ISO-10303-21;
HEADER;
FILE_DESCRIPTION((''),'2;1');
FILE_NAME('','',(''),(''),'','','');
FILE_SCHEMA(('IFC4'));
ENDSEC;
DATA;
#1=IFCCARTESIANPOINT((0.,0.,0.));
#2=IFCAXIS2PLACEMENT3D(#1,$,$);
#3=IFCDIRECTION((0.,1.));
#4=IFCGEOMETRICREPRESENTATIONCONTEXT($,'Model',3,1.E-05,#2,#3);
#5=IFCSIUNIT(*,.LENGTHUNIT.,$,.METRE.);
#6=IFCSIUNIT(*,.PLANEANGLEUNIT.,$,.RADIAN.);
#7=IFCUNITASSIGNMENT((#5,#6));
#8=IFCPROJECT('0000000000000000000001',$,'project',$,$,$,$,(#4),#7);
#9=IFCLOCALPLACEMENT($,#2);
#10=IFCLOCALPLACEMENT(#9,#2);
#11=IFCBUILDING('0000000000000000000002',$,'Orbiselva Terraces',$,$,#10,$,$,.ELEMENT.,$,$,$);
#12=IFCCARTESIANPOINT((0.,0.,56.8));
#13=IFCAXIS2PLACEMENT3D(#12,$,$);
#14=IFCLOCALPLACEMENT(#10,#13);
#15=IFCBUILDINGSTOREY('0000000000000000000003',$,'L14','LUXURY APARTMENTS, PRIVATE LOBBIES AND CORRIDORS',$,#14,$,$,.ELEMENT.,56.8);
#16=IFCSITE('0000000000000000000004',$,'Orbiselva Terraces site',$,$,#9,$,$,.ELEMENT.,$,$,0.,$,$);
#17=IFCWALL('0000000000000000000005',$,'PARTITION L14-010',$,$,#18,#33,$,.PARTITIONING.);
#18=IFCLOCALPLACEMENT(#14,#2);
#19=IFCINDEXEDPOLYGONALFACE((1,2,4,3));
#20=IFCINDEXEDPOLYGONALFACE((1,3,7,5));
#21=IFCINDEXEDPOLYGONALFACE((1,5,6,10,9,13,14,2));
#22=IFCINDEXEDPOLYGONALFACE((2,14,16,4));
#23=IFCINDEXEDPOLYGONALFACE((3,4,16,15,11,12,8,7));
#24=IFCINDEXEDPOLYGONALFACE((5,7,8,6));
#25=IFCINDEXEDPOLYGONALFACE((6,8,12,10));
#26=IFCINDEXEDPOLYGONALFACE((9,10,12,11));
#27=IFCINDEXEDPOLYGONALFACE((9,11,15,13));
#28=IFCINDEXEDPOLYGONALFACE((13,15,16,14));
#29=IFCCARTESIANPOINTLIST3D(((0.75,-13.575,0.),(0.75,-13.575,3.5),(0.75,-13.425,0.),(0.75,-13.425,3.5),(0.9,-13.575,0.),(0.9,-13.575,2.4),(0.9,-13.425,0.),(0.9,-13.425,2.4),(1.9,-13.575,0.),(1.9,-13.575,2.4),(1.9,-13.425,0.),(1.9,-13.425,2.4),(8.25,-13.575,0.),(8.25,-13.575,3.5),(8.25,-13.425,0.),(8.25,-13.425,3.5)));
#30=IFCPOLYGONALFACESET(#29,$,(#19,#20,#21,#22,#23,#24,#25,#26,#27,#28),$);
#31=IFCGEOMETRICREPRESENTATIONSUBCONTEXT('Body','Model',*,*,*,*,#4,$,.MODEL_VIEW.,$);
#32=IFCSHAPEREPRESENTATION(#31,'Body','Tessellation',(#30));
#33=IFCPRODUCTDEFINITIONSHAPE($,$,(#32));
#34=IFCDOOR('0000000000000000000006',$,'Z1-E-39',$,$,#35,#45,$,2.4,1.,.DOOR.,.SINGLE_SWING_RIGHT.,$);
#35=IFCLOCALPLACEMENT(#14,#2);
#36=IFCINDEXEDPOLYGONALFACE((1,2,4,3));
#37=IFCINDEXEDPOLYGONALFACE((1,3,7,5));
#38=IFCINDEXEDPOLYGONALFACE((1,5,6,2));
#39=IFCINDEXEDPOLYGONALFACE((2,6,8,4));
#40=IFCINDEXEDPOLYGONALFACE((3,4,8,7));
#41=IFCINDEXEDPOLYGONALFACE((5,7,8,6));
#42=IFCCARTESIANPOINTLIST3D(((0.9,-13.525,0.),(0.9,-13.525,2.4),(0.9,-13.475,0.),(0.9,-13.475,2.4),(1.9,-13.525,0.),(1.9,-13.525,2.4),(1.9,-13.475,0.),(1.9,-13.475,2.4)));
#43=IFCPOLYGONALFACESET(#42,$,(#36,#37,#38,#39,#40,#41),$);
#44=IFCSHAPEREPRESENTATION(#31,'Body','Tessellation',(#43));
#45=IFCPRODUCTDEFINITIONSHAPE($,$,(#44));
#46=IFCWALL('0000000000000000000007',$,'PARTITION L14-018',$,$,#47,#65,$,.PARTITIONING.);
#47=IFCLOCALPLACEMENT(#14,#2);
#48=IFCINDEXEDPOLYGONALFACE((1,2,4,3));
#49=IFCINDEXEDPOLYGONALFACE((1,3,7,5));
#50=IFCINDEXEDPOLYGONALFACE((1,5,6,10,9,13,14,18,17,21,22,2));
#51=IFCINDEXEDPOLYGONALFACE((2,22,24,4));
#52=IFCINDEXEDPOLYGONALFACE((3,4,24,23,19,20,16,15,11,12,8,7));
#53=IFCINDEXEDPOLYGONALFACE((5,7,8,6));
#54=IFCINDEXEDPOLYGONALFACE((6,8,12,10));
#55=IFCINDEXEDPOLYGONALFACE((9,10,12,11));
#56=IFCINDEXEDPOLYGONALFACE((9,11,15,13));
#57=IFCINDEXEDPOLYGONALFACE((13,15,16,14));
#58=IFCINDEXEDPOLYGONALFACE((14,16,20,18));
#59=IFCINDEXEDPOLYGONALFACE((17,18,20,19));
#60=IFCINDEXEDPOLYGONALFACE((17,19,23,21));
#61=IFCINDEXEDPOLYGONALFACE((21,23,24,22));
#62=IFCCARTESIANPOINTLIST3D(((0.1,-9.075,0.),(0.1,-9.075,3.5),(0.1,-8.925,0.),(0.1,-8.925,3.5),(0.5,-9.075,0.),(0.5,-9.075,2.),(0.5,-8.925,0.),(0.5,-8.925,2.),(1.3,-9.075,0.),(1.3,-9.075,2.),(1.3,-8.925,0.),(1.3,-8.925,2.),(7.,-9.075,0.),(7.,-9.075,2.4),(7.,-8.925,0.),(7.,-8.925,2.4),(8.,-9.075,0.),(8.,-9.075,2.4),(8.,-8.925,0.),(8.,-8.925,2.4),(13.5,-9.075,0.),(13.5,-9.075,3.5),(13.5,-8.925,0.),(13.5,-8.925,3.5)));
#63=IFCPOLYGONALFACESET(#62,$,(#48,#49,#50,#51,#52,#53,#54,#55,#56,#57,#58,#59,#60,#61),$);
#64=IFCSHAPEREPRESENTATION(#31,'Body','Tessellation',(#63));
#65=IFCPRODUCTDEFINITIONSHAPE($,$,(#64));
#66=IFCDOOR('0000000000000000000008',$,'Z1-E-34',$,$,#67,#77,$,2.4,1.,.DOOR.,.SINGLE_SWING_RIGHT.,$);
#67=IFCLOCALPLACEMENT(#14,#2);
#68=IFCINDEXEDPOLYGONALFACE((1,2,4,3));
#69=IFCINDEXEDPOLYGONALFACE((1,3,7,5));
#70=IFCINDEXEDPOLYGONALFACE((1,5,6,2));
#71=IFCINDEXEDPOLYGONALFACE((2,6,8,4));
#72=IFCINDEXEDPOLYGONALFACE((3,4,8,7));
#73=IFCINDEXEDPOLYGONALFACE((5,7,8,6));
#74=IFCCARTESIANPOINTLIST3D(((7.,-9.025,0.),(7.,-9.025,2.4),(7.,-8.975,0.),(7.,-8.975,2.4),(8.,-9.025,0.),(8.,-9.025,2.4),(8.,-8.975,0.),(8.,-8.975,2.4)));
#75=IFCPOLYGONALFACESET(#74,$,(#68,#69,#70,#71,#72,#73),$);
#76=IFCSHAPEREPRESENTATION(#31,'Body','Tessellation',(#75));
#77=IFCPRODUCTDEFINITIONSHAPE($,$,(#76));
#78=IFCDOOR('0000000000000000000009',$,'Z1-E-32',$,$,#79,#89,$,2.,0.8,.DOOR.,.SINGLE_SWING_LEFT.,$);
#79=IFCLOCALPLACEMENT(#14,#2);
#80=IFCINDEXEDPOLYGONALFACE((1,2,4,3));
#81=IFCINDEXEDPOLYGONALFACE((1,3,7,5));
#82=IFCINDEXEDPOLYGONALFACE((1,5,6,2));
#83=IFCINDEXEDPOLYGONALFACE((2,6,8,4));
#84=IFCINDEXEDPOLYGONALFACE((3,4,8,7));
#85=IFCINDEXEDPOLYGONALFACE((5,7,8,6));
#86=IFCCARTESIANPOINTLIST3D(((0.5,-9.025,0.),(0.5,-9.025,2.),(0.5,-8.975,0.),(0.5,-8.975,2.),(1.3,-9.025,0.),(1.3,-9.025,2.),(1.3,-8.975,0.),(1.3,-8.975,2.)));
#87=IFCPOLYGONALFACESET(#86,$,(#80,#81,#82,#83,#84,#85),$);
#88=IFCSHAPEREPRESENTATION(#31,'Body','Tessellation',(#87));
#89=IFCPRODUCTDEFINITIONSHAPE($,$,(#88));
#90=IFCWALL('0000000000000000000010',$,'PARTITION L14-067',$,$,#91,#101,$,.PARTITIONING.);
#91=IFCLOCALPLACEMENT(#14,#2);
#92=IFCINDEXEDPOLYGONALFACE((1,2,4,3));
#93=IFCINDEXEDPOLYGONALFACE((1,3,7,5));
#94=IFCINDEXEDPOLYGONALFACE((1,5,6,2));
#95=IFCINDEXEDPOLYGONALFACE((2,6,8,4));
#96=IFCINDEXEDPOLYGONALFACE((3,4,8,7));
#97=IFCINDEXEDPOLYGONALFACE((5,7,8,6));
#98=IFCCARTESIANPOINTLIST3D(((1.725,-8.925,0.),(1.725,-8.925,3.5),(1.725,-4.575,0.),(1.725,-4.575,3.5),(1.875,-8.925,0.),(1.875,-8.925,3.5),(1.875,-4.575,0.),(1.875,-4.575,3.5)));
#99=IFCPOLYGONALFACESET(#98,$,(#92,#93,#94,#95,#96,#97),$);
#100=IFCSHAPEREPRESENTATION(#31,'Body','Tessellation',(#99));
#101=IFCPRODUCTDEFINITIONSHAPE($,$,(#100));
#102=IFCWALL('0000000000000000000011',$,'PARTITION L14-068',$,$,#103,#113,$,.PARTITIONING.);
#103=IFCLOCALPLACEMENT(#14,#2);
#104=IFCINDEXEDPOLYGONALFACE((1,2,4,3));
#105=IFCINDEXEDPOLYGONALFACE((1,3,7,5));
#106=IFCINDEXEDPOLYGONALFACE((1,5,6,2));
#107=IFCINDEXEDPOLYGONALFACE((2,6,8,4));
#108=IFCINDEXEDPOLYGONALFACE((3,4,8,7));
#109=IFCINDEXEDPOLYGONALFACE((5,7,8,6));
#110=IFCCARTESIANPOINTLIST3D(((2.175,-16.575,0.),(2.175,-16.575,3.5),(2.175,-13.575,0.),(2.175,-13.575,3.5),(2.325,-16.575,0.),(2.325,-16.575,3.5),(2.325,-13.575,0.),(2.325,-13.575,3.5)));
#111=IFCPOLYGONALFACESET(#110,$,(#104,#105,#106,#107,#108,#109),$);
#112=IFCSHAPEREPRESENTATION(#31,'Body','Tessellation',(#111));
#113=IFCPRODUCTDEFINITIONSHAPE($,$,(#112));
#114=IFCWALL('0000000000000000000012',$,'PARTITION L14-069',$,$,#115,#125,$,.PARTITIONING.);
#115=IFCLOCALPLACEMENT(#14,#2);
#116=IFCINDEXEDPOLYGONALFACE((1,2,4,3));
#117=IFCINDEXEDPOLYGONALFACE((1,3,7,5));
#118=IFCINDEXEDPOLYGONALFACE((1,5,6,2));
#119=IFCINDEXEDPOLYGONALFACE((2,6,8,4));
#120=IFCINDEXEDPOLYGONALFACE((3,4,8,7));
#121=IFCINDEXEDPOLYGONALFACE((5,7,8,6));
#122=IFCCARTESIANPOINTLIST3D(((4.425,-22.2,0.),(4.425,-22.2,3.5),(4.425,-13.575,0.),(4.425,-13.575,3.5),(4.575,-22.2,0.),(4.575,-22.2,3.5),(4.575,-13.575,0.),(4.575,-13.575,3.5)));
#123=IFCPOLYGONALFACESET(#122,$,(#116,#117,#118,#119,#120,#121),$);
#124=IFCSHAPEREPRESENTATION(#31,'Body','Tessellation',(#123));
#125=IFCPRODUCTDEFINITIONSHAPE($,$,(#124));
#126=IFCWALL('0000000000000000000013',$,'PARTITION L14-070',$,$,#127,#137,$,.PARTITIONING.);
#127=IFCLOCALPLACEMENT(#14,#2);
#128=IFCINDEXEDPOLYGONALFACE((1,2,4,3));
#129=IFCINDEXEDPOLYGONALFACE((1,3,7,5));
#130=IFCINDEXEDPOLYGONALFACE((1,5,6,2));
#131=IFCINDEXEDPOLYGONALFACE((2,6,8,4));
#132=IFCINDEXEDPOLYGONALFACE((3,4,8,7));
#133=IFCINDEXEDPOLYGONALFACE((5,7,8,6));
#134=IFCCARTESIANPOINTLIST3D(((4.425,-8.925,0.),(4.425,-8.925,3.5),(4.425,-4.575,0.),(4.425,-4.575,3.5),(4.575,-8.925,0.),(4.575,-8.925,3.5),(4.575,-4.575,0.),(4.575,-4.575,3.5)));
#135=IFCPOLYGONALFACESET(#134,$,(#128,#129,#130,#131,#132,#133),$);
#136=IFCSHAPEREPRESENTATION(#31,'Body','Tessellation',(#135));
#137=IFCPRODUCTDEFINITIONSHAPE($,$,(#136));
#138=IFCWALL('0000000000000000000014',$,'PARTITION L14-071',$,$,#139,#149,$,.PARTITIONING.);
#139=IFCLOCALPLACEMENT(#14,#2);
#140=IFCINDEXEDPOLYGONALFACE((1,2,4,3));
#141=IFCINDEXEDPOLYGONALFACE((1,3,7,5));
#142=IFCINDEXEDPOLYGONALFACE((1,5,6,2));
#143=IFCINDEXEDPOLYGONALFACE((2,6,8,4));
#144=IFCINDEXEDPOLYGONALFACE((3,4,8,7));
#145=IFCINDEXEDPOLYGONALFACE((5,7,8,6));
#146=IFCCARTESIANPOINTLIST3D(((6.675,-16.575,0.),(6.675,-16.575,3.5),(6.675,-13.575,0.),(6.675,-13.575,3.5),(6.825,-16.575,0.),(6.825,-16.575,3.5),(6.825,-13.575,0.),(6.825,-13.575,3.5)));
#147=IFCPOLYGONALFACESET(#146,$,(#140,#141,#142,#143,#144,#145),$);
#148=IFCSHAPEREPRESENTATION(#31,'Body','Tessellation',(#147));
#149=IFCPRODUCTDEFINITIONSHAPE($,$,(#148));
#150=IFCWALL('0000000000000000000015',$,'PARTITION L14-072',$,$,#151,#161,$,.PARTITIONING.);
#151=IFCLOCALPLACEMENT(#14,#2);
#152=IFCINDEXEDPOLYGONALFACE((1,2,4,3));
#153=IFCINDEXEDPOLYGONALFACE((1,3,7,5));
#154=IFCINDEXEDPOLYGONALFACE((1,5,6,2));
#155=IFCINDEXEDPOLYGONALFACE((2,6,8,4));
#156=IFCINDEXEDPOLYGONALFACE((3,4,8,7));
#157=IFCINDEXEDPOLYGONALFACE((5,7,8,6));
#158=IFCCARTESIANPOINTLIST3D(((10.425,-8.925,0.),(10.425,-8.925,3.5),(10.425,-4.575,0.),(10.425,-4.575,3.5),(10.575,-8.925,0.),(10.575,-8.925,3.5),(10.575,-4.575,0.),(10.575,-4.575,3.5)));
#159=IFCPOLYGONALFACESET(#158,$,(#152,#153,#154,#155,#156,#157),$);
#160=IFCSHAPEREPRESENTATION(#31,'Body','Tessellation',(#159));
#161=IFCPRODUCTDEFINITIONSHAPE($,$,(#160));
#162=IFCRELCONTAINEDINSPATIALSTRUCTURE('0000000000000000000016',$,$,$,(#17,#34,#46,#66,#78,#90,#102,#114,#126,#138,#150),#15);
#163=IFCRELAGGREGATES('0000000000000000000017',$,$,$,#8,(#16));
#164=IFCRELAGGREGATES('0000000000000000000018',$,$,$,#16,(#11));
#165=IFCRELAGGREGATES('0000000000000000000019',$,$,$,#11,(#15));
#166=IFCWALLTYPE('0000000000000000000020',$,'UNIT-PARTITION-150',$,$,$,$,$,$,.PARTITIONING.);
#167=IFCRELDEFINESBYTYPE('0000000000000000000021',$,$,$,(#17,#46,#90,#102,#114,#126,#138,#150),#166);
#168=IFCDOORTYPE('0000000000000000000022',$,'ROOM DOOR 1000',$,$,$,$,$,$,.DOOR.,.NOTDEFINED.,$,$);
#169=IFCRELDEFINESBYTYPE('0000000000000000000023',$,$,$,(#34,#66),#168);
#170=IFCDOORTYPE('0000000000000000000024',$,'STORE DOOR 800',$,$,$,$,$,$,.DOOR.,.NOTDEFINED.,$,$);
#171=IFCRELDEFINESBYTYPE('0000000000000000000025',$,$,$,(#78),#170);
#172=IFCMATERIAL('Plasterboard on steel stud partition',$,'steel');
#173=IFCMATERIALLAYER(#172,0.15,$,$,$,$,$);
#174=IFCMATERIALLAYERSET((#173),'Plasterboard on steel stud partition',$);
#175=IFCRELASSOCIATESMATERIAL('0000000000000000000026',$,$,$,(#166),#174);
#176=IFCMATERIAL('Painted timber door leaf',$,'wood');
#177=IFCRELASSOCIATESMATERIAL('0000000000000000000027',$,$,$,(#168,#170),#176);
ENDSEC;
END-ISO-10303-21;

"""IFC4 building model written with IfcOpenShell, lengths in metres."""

from ifc_helpers import new_model, si_unit, direction, frame, frame_2d, origin, place, context, subcontext, project, spatial, rectangle, extrude, material, layer, layer_set, type_object, element, fill, save


model = new_model("IFC4")

# Units and contexts
model_context = context("Model", 3, precision=1e-05, world=origin(), true_north=direction((0.0, 1.0)))
body_context = subcontext(model_context, "Body", "Model", "MODEL_VIEW")
ifc_project = project(units=[si_unit("LENGTHUNIT", "METRE"), si_unit("PLANEANGLEUNIT", "RADIAN")], contexts=[model_context])

# Site, building, storey
site_placement = place(None, origin())
site = spatial("IfcSite", under=ifc_project, at=site_placement, Name="Orbiselva Terraces site", CompositionType="ELEMENT", RefElevation=0.0)
building_placement = place(site_placement, origin())
building = spatial("IfcBuilding", under=site, at=building_placement, Name="Orbiselva Terraces", CompositionType="ELEMENT")
storey_placement = place(building_placement, frame((0.0, 0.0, 56.8)))
storey = spatial("IfcBuildingStorey", under=building, at=storey_placement, Name="L14", Description="LUXURY APARTMENTS, PRIVATE LOBBIES AND CORRIDORS", CompositionType="ELEMENT", Elevation=56.8)

# Shared definitions
ifc_material_1 = material(Name="Plasterboard on steel stud partition", Category="steel")

# Wall, opening, door
ifc_layer_1 = layer(ifc_material_1, 0.15)
ifc_layer_set_1 = layer_set([ifc_layer_1], Name="Plasterboard on steel stud partition")
wall_type_1 = type_object("IfcWallType", Name="UNIT-PARTITION-150", PredefinedType="PARTITIONING", material=ifc_layer_set_1)
ifc_material_2 = material(Name="Painted timber door leaf", Category="wood")
wall_1_placement = place(storey_placement, frame((8.25, -13.5, 0.0), z_axis=(0.0, 0.0, 1.0), x_axis=(-1.0, 0.0, 0.0)))
wall_1 = element("IfcWall", 1, at=wall_1_placement, inside=storey, type_object=wall_type_1, Name="PARTITION L14-010", PredefinedType="PARTITIONING", context=body_context, shape_type="SweptSolid", body=[
    extrude(rectangle(XDim=7.5, YDim=0.15, at=frame_2d((3.75, 0.0))), origin(), (0.0, 0.0, 1.0), 3.5),
])
opening_1_placement = place(wall_1_placement, frame((6.35, 0.0, 0.0)))
opening_1 = element("IfcOpeningElement", 2, at=opening_1_placement, cuts=wall_1, PredefinedType="OPENING", context=body_context, shape_type="SweptSolid", body=[
    extrude(rectangle(XDim=1.0, YDim=2.4, at=frame_2d((0.5, 1.2))), frame((0.0, 0.085, 0.0), z_axis=(0.0, -1.0, 0.0), x_axis=(1.0, 0.0, 0.0)), (0.0, 0.0, 1.0), 0.17),
])
door_type_1 = type_object("IfcDoorType", Name="ROOM DOOR 1000", OperationType="NOTDEFINED", PredefinedType="DOOR", material=ifc_material_2)
door_1_placement = place(opening_1_placement, origin())
door_1 = element("IfcDoor", 3, at=door_1_placement, inside=storey, type_object=door_type_1, Name="Z1-E-39", OperationType="SINGLE_SWING_RIGHT", OverallHeight=2.4, OverallWidth=1.0, PredefinedType="DOOR", context=body_context, shape_type="SweptSolid", body=[
    extrude(rectangle(XDim=1.0, YDim=2.4, at=frame_2d((0.5, 1.2))), frame((0.0, 0.025, 0.0), z_axis=(0.0, -1.0, 0.0), x_axis=(1.0, 0.0, 0.0)), (0.0, 0.0, 1.0), 0.05),
])
fill(opening_1, door_1)

# Wall, openings, doors
wall_2_placement = place(storey_placement, frame((0.1, -9.0, 0.0), z_axis=(0.0, 0.0, 1.0), x_axis=(1.0, 0.0, 0.0)))
wall_2 = element("IfcWall", 4, at=wall_2_placement, inside=storey, type_object=wall_type_1, Name="PARTITION L14-018", PredefinedType="PARTITIONING", context=body_context, shape_type="SweptSolid", body=[
    extrude(rectangle(XDim=13.4, YDim=0.15, at=frame_2d((6.7, 0.0))), origin(), (0.0, 0.0, 1.0), 3.5),
])
opening_2_placement = place(wall_2_placement, frame((0.4, 0.0, 0.0)))
opening_2 = element("IfcOpeningElement", 5, at=opening_2_placement, cuts=wall_2, PredefinedType="OPENING", context=body_context, shape_type="SweptSolid", body=[
    extrude(rectangle(XDim=0.8, YDim=2.0, at=frame_2d((0.4, 1.0))), frame((0.0, 0.085, 0.0), z_axis=(0.0, -1.0, 0.0), x_axis=(1.0, 0.0, 0.0)), (0.0, 0.0, 1.0), 0.17),
])
opening_3_placement = place(wall_2_placement, frame((6.9, 0.0, 0.0)))
opening_3 = element("IfcOpeningElement", 6, at=opening_3_placement, cuts=wall_2, PredefinedType="OPENING", context=body_context, shape_type="SweptSolid", body=[
    extrude(rectangle(XDim=1.0, YDim=2.4, at=frame_2d((0.5, 1.2))), frame((0.0, 0.085, 0.0), z_axis=(0.0, -1.0, 0.0), x_axis=(1.0, 0.0, 0.0)), (0.0, 0.0, 1.0), 0.17),
])
door_2_placement = place(opening_3_placement, origin())
door_2 = element("IfcDoor", 7, at=door_2_placement, inside=storey, type_object=door_type_1, Name="Z1-E-34", OperationType="SINGLE_SWING_RIGHT", OverallHeight=2.4, OverallWidth=1.0, PredefinedType="DOOR", context=body_context, shape_type="SweptSolid", body=[
    extrude(rectangle(XDim=1.0, YDim=2.4, at=frame_2d((0.5, 1.2))), frame((0.0, 0.025, 0.0), z_axis=(0.0, -1.0, 0.0), x_axis=(1.0, 0.0, 0.0)), (0.0, 0.0, 1.0), 0.05),
])
fill(opening_3, door_2)
door_type_2 = type_object("IfcDoorType", Name="STORE DOOR 800", OperationType="NOTDEFINED", PredefinedType="DOOR", material=ifc_material_2)
door_3_placement = place(opening_2_placement, origin())
door_3 = element("IfcDoor", 8, at=door_3_placement, inside=storey, type_object=door_type_2, Name="Z1-E-32", OperationType="SINGLE_SWING_LEFT", OverallHeight=2.0, OverallWidth=0.8, PredefinedType="DOOR", context=body_context, shape_type="SweptSolid", body=[
    extrude(rectangle(XDim=0.8, YDim=2.0, at=frame_2d((0.4, 1.0))), frame((0.0, 0.025, 0.0), z_axis=(0.0, -1.0, 0.0), x_axis=(1.0, 0.0, 0.0)), (0.0, 0.0, 1.0), 0.05),
])
fill(opening_2, door_3)

# Walls
wall_3_placement = place(storey_placement, frame((1.8, -8.925, 0.0), z_axis=(0.0, 0.0, 1.0), x_axis=(0.0, 1.0, 0.0)))
element("IfcWall", 9, at=wall_3_placement, inside=storey, type_object=wall_type_1, Name="PARTITION L14-067", PredefinedType="PARTITIONING", context=body_context, shape_type="SweptSolid", body=[
    extrude(rectangle(XDim=4.35, YDim=0.15, at=frame_2d((2.175, 0.0))), origin(), (0.0, 0.0, 1.0), 3.5),
])
wall_4_placement = place(storey_placement, frame((2.25, -16.575, 0.0), z_axis=(0.0, 0.0, 1.0), x_axis=(0.0, 1.0, 0.0)))
element("IfcWall", 10, at=wall_4_placement, inside=storey, type_object=wall_type_1, Name="PARTITION L14-068", PredefinedType="PARTITIONING", context=body_context, shape_type="SweptSolid", body=[
    extrude(rectangle(XDim=3.0, YDim=0.15, at=frame_2d((1.5, 0.0))), origin(), (0.0, 0.0, 1.0), 3.5),
])
wall_5_placement = place(storey_placement, frame((4.5, -22.2, 0.0), z_axis=(0.0, 0.0, 1.0), x_axis=(0.0, 1.0, 0.0)))
element("IfcWall", 11, at=wall_5_placement, inside=storey, type_object=wall_type_1, Name="PARTITION L14-069", PredefinedType="PARTITIONING", context=body_context, shape_type="SweptSolid", body=[
    extrude(rectangle(XDim=8.625, YDim=0.15, at=frame_2d((4.3125, 0.0))), origin(), (0.0, 0.0, 1.0), 3.5),
])
wall_6_placement = place(storey_placement, frame((4.5, -8.925, 0.0), z_axis=(0.0, 0.0, 1.0), x_axis=(0.0, 1.0, 0.0)))
element("IfcWall", 12, at=wall_6_placement, inside=storey, type_object=wall_type_1, Name="PARTITION L14-070", PredefinedType="PARTITIONING", context=body_context, shape_type="SweptSolid", body=[
    extrude(rectangle(XDim=4.35, YDim=0.15, at=frame_2d((2.175, 0.0))), origin(), (0.0, 0.0, 1.0), 3.5),
])
wall_7_placement = place(storey_placement, frame((6.75, -16.575, 0.0), z_axis=(0.0, 0.0, 1.0), x_axis=(0.0, 1.0, 0.0)))
element("IfcWall", 13, at=wall_7_placement, inside=storey, type_object=wall_type_1, Name="PARTITION L14-071", PredefinedType="PARTITIONING", context=body_context, shape_type="SweptSolid", body=[
    extrude(rectangle(XDim=3.0, YDim=0.15, at=frame_2d((1.5, 0.0))), origin(), (0.0, 0.0, 1.0), 3.5),
])
wall_8_placement = place(storey_placement, frame((10.5, -8.925, 0.0), z_axis=(0.0, 0.0, 1.0), x_axis=(0.0, 1.0, 0.0)))
element("IfcWall", 14, at=wall_8_placement, inside=storey, type_object=wall_type_1, Name="PARTITION L14-072", PredefinedType="PARTITIONING", context=body_context, shape_type="SweptSolid", body=[
    extrude(rectangle(XDim=4.35, YDim=0.15, at=frame_2d((2.175, 0.0))), origin(), (0.0, 0.0, 1.0), 3.5),
])

save(model, "model.ifc")
